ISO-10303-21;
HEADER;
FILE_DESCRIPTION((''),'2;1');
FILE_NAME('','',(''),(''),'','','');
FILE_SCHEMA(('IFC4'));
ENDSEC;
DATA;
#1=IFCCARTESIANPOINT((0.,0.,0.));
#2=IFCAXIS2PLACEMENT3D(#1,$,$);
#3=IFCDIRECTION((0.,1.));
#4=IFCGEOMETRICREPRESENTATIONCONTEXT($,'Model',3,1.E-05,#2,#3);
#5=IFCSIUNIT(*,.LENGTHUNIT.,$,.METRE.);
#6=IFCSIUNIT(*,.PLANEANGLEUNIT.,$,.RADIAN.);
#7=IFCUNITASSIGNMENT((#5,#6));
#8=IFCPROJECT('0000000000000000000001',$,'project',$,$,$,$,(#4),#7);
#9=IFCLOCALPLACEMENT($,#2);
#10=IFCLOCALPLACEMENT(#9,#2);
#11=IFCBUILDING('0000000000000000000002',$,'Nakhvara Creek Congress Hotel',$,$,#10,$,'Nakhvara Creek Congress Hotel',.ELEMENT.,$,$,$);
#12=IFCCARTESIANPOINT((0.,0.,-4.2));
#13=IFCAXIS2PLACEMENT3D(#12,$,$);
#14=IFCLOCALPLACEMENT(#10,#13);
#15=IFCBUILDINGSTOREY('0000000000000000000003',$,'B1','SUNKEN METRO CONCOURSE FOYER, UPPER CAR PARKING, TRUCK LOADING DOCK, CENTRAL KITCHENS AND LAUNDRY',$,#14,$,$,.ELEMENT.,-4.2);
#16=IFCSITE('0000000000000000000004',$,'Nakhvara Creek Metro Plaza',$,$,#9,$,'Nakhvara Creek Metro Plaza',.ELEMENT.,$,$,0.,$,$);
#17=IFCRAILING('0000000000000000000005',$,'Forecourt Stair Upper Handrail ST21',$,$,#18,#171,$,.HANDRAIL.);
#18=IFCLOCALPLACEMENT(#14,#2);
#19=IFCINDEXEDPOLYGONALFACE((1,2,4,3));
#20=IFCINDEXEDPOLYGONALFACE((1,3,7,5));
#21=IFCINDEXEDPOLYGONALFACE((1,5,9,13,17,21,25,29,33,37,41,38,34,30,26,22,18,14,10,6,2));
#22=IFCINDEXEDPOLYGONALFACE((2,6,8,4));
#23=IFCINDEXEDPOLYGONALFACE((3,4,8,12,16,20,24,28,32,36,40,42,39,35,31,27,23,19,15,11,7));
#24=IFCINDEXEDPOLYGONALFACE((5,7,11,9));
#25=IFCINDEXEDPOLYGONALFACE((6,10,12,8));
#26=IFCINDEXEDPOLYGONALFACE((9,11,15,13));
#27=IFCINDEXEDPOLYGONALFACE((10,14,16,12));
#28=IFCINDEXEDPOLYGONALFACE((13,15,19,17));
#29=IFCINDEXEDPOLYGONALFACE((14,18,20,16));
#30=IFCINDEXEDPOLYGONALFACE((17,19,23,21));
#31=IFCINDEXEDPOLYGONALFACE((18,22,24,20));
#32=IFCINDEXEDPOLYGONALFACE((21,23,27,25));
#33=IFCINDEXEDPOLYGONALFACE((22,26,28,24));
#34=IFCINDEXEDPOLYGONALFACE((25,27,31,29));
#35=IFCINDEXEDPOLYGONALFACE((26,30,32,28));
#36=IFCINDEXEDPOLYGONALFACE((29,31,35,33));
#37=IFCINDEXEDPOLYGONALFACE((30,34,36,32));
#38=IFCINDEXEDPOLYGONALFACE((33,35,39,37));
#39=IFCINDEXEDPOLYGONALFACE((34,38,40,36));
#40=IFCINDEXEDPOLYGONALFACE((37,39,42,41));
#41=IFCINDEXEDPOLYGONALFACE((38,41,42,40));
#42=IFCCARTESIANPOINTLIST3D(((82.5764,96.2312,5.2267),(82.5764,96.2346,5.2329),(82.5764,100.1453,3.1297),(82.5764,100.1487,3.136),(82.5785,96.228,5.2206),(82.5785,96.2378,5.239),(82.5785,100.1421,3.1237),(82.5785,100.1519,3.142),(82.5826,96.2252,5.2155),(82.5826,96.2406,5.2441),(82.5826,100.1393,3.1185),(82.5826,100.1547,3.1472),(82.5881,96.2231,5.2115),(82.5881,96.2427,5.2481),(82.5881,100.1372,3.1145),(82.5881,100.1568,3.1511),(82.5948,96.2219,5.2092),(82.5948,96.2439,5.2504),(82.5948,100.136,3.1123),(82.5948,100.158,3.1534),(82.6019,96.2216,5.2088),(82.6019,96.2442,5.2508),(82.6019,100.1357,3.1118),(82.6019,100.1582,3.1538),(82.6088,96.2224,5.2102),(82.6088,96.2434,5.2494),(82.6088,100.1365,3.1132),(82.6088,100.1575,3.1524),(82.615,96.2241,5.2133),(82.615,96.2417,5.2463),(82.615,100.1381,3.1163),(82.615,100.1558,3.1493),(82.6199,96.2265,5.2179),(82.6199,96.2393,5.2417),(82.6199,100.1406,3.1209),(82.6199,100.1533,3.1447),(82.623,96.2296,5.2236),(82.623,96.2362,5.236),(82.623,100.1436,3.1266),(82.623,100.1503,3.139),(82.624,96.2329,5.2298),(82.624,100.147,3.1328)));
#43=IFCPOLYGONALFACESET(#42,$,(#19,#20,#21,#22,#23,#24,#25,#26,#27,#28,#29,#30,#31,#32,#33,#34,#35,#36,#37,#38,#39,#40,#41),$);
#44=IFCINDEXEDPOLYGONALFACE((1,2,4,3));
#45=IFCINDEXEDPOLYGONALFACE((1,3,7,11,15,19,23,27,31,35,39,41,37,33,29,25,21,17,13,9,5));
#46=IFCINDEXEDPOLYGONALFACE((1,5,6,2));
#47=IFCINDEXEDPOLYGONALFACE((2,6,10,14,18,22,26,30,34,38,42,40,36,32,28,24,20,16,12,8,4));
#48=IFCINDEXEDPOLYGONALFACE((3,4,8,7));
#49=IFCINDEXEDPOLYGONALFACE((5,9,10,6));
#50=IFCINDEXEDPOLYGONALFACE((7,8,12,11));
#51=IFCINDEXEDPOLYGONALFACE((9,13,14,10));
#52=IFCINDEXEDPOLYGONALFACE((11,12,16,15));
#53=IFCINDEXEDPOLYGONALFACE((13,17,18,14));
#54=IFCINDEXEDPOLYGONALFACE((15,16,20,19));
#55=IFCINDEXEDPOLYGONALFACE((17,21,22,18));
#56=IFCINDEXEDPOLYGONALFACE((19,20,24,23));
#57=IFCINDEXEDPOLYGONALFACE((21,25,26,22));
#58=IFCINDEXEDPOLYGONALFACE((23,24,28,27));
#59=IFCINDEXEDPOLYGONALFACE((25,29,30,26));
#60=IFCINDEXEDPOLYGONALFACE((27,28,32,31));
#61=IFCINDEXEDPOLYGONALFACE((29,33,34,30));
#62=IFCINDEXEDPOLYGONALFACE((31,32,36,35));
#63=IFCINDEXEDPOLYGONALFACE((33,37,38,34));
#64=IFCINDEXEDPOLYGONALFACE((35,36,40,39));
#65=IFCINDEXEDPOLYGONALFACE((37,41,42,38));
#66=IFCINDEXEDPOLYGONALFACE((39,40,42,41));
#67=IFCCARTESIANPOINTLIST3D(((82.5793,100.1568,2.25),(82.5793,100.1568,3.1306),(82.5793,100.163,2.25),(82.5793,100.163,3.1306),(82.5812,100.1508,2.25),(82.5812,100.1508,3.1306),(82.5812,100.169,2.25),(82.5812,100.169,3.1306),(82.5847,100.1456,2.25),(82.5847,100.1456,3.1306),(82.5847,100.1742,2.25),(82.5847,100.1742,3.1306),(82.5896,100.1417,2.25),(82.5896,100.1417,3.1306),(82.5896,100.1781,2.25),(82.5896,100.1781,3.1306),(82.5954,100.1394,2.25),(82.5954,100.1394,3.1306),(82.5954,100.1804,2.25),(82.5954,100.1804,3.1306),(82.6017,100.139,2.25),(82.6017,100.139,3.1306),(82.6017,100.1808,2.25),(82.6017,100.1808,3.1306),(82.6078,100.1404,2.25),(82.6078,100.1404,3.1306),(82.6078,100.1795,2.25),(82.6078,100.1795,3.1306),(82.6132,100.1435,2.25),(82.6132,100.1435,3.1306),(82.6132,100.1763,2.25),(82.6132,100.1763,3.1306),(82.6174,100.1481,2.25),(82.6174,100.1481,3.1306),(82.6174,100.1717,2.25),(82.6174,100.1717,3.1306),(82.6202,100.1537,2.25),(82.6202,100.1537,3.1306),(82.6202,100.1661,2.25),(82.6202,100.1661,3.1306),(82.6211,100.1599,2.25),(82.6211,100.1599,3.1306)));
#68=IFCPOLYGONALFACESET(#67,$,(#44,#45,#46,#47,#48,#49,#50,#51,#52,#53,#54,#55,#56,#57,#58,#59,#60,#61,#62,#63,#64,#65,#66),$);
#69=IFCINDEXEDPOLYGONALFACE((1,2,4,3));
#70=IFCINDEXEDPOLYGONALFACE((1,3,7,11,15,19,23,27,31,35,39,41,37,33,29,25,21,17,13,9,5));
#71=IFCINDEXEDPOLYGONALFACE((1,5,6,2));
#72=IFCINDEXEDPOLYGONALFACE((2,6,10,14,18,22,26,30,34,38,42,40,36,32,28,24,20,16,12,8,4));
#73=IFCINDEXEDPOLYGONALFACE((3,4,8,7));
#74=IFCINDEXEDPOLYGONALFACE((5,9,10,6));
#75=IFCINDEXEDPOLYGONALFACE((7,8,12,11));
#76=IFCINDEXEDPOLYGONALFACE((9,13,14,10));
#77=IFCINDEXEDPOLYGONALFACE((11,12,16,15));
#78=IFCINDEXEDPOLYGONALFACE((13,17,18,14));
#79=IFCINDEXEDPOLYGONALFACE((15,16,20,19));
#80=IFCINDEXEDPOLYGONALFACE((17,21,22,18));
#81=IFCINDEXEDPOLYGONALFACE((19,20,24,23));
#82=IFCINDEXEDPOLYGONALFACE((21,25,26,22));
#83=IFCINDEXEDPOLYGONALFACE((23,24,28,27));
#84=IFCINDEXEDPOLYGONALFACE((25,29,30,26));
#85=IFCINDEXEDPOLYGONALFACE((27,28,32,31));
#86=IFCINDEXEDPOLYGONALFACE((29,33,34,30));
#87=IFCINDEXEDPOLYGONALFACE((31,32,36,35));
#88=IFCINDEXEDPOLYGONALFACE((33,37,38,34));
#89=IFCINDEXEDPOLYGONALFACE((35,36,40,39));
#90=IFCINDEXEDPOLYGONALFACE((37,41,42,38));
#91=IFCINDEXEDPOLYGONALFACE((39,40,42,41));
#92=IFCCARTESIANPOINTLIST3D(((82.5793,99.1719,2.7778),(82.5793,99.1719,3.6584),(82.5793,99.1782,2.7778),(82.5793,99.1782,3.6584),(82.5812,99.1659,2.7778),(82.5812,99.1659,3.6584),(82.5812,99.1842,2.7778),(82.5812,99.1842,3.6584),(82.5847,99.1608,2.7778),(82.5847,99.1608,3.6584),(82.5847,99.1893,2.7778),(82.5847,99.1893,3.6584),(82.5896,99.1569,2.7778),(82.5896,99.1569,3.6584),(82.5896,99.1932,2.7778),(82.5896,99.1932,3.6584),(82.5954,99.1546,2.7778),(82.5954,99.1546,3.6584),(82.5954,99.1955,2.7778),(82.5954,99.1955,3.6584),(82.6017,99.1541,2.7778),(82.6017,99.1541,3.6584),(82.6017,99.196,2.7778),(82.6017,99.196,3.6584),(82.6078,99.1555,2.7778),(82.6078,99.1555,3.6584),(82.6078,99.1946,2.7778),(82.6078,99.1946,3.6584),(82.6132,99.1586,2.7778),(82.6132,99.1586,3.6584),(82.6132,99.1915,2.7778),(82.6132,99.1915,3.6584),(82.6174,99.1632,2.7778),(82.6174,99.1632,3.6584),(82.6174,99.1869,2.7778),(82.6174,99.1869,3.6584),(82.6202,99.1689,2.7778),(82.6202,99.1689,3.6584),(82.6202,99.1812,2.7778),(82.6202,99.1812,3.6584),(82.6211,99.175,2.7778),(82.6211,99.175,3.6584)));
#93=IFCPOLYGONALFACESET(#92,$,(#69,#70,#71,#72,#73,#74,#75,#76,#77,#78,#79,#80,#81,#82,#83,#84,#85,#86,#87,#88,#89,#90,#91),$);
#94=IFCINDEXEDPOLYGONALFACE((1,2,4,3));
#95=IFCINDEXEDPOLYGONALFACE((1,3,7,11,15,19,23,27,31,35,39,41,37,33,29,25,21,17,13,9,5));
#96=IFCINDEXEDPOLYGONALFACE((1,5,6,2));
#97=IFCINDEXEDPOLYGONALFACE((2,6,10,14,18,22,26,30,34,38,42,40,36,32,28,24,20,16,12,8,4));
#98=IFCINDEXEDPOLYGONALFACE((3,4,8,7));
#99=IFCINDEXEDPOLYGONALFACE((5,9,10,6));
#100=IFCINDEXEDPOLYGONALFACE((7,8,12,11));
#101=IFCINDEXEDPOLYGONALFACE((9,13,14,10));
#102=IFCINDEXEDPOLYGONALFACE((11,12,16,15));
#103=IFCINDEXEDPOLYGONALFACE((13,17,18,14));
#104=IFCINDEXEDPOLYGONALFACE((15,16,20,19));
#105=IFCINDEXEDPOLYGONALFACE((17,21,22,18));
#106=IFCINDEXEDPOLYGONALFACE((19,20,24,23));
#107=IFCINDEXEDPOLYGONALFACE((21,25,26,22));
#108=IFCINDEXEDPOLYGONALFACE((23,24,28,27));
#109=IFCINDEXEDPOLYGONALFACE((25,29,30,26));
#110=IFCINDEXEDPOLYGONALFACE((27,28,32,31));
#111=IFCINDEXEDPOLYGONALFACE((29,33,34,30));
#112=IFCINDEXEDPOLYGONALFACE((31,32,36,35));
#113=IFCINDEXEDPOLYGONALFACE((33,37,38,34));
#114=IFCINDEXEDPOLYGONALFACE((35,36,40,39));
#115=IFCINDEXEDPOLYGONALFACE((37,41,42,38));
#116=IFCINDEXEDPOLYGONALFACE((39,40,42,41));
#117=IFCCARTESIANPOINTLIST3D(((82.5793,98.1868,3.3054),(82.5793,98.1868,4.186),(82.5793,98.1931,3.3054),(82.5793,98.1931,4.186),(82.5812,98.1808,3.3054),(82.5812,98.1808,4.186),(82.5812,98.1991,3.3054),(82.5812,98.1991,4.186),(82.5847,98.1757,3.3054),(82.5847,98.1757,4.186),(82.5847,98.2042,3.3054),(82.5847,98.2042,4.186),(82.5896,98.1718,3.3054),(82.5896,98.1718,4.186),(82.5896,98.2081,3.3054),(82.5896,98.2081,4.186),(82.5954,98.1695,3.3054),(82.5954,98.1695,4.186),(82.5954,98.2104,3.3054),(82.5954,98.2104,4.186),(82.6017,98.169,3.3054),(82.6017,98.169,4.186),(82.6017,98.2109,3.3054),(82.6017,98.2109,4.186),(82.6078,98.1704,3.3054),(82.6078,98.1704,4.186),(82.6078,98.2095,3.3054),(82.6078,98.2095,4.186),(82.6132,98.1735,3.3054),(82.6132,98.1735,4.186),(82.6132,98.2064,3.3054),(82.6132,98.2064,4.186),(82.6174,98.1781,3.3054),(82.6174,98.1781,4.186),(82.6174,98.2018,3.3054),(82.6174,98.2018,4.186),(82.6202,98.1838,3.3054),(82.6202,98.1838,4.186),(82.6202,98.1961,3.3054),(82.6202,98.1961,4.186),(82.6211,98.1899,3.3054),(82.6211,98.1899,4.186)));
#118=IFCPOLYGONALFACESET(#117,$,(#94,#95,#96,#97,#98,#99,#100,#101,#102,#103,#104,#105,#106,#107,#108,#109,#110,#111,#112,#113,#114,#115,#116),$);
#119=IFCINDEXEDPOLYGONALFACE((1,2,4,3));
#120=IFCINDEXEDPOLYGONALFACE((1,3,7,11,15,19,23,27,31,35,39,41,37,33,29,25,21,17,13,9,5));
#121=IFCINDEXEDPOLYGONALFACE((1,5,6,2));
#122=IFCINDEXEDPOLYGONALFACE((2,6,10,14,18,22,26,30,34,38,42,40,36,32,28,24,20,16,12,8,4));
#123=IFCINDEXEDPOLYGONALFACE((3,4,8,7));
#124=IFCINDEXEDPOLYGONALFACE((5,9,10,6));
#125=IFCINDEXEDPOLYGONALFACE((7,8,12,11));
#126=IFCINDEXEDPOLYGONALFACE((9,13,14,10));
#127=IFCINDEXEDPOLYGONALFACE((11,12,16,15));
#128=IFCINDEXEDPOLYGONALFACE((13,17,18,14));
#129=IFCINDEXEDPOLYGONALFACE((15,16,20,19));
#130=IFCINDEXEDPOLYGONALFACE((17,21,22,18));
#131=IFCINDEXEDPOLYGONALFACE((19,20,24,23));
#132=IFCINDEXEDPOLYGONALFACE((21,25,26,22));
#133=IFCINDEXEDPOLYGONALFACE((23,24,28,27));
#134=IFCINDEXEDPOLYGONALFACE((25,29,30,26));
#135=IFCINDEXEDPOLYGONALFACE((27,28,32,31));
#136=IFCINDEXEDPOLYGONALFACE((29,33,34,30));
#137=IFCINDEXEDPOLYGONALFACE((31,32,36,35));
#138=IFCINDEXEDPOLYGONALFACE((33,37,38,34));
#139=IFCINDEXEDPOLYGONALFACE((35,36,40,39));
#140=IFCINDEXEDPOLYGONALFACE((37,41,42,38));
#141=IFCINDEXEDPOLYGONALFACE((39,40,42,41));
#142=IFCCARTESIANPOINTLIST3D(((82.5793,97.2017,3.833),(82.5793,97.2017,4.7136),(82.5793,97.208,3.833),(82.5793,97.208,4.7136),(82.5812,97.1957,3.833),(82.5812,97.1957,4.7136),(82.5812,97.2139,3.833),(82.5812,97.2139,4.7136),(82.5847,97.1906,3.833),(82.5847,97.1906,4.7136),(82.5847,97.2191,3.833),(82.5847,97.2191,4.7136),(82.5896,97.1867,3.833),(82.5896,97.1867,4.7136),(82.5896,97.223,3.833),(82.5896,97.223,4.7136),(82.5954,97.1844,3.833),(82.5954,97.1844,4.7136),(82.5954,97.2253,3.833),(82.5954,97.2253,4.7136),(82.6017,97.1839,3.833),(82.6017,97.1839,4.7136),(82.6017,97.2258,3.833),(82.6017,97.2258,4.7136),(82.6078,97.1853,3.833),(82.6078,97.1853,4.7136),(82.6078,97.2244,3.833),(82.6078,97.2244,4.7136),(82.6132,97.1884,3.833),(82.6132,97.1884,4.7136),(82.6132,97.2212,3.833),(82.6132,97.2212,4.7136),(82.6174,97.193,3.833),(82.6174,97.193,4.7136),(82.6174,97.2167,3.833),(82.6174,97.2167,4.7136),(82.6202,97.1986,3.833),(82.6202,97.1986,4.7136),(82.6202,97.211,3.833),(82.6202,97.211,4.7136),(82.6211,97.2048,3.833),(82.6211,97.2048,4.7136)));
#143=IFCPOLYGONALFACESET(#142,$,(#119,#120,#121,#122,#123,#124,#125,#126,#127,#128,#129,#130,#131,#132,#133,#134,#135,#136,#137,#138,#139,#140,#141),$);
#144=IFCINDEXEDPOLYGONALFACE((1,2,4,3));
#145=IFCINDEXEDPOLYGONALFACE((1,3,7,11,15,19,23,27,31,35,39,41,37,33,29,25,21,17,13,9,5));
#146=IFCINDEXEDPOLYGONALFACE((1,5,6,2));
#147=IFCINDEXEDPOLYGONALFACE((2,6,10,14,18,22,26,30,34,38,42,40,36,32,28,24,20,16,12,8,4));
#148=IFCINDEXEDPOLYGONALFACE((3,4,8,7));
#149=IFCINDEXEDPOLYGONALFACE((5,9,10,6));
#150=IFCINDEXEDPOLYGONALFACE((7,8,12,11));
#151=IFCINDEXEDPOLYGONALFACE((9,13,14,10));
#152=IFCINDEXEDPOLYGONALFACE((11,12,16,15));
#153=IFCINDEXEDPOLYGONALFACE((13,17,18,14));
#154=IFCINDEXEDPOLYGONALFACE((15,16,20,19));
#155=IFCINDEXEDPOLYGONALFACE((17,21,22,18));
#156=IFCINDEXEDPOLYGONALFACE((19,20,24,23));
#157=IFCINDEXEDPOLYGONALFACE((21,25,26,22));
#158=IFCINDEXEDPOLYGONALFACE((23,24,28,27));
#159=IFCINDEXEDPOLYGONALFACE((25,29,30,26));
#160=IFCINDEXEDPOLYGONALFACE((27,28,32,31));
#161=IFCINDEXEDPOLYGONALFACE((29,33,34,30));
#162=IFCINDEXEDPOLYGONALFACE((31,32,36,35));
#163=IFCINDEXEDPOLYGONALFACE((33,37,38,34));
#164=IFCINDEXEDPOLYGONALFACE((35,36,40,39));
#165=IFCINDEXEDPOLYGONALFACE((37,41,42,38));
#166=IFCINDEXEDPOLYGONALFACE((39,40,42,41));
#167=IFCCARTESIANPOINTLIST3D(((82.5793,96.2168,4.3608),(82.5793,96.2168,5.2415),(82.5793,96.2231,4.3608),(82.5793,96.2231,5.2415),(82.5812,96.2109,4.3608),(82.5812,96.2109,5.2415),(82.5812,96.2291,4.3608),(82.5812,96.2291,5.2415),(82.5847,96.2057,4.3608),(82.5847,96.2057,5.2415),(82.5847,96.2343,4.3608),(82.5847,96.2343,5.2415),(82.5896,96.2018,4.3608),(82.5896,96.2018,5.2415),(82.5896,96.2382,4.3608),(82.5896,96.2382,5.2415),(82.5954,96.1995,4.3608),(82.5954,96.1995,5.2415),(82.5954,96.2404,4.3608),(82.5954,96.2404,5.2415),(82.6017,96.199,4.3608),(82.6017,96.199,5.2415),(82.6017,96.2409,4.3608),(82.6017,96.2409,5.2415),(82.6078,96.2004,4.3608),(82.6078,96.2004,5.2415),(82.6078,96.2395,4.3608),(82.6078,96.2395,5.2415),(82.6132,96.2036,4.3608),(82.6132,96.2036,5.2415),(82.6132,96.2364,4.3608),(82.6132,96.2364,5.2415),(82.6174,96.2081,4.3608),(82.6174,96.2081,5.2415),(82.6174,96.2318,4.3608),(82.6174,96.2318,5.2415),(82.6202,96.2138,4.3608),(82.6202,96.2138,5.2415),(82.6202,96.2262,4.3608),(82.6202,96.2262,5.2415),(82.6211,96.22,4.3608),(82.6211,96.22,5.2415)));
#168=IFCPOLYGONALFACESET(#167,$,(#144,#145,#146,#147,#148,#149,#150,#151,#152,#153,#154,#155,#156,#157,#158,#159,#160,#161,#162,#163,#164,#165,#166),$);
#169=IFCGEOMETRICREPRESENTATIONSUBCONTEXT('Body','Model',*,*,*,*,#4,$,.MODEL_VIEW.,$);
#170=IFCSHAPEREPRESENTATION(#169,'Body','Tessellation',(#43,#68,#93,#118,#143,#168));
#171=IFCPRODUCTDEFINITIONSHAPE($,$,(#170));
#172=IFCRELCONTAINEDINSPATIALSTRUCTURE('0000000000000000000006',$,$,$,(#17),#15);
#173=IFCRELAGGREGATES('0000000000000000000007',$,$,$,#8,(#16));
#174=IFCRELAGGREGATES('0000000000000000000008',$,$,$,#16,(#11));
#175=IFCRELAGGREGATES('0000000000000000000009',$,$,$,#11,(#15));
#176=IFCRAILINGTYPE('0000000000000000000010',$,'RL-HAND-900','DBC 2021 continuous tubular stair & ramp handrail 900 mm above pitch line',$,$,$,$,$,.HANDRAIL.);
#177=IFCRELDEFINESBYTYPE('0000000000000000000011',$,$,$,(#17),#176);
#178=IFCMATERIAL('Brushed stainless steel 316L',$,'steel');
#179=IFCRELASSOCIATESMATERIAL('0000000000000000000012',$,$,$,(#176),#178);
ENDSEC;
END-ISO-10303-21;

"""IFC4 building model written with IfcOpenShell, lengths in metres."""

from ifc_helpers import new_model, si_unit, direction, frame, origin, origin_2d, place, context, subcontext, project, spatial, circle, extrude, material, type_object, element, save


model = new_model("IFC4")

# Units and contexts
model_context = context("Model", 3, precision=1e-05, world=origin(), true_north=direction((0.0, 1.0)))
body_context = subcontext(model_context, "Body", "Model", "MODEL_VIEW")
ifc_project = project(units=[si_unit("LENGTHUNIT", "METRE"), si_unit("PLANEANGLEUNIT", "RADIAN")], contexts=[model_context])

# Site, building, storey
site_placement = place(None, origin())
site = spatial("IfcSite", under=ifc_project, at=site_placement, Name="Nakhvara Creek Metro Plaza", LongName="Nakhvara Creek Metro Plaza", CompositionType="ELEMENT", RefElevation=0.0)
building_placement = place(site_placement, origin())
building = spatial("IfcBuilding", under=site, at=building_placement, Name="Nakhvara Creek Congress Hotel", LongName="Nakhvara Creek Congress Hotel", CompositionType="ELEMENT")
storey_placement = place(building_placement, frame((0.0, 0.0, -4.2)))
storey = spatial("IfcBuildingStorey", under=building, at=storey_placement, Name="B1", Description="SUNKEN METRO CONCOURSE FOYER, UPPER CAR PARKING, TRUCK LOADING DOCK, CENTRAL KITCHENS AND LAUNDRY", CompositionType="ELEMENT", Elevation=-4.2)

# Railing
ifc_material_1 = material(Name="Brushed stainless steel 316L", Category="steel")
railing_type_1 = type_object("IfcRailingType", Name="RL-HAND-900", Description="DBC 2021 continuous tubular stair & ramp handrail 900 mm above pitch line", PredefinedType="HANDRAIL", material=ifc_material_1)
railing_1_placement = place(storey_placement, frame((82.6001, 100.1599, 2.25)))
element("IfcRailing", 1, at=railing_1_placement, inside=storey, type_object=railing_type_1, Name="Forecourt Stair Upper Handrail ST21", PredefinedType="HANDRAIL", context=body_context, shape_type="SweptSolid", body=[
    extrude(circle(Radius=0.0239, at=origin_2d()), frame((0.0, -0.0129, 0.8828), z_axis=(0.0, -0.881465, 0.472249), x_axis=(1.0, 0.0, 0.0)), (0.0, 0.0, 1.0), 4.4404),
    extrude(circle(Radius=0.021, at=origin_2d()), origin(), (0.0, 0.0, 1.0), 0.8806),
    extrude(circle(Radius=0.021, at=origin_2d()), frame((0.0, -0.9849, 0.5278)), (0.0, 0.0, 1.0), 0.8806),
    extrude(circle(Radius=0.021, at=origin_2d()), frame((0.0, -1.97, 1.0554)), (0.0, 0.0, 1.0), 0.8806),
    extrude(circle(Radius=0.021, at=origin_2d()), frame((0.0, -2.9551, 1.583)), (0.0, 0.0, 1.0), 0.8806),
    extrude(circle(Radius=0.021, at=origin_2d()), frame((0.0, -3.9399, 2.1108)), (0.0, 0.0, 1.0), 0.8806),
])

save(model, "model.ifc")
